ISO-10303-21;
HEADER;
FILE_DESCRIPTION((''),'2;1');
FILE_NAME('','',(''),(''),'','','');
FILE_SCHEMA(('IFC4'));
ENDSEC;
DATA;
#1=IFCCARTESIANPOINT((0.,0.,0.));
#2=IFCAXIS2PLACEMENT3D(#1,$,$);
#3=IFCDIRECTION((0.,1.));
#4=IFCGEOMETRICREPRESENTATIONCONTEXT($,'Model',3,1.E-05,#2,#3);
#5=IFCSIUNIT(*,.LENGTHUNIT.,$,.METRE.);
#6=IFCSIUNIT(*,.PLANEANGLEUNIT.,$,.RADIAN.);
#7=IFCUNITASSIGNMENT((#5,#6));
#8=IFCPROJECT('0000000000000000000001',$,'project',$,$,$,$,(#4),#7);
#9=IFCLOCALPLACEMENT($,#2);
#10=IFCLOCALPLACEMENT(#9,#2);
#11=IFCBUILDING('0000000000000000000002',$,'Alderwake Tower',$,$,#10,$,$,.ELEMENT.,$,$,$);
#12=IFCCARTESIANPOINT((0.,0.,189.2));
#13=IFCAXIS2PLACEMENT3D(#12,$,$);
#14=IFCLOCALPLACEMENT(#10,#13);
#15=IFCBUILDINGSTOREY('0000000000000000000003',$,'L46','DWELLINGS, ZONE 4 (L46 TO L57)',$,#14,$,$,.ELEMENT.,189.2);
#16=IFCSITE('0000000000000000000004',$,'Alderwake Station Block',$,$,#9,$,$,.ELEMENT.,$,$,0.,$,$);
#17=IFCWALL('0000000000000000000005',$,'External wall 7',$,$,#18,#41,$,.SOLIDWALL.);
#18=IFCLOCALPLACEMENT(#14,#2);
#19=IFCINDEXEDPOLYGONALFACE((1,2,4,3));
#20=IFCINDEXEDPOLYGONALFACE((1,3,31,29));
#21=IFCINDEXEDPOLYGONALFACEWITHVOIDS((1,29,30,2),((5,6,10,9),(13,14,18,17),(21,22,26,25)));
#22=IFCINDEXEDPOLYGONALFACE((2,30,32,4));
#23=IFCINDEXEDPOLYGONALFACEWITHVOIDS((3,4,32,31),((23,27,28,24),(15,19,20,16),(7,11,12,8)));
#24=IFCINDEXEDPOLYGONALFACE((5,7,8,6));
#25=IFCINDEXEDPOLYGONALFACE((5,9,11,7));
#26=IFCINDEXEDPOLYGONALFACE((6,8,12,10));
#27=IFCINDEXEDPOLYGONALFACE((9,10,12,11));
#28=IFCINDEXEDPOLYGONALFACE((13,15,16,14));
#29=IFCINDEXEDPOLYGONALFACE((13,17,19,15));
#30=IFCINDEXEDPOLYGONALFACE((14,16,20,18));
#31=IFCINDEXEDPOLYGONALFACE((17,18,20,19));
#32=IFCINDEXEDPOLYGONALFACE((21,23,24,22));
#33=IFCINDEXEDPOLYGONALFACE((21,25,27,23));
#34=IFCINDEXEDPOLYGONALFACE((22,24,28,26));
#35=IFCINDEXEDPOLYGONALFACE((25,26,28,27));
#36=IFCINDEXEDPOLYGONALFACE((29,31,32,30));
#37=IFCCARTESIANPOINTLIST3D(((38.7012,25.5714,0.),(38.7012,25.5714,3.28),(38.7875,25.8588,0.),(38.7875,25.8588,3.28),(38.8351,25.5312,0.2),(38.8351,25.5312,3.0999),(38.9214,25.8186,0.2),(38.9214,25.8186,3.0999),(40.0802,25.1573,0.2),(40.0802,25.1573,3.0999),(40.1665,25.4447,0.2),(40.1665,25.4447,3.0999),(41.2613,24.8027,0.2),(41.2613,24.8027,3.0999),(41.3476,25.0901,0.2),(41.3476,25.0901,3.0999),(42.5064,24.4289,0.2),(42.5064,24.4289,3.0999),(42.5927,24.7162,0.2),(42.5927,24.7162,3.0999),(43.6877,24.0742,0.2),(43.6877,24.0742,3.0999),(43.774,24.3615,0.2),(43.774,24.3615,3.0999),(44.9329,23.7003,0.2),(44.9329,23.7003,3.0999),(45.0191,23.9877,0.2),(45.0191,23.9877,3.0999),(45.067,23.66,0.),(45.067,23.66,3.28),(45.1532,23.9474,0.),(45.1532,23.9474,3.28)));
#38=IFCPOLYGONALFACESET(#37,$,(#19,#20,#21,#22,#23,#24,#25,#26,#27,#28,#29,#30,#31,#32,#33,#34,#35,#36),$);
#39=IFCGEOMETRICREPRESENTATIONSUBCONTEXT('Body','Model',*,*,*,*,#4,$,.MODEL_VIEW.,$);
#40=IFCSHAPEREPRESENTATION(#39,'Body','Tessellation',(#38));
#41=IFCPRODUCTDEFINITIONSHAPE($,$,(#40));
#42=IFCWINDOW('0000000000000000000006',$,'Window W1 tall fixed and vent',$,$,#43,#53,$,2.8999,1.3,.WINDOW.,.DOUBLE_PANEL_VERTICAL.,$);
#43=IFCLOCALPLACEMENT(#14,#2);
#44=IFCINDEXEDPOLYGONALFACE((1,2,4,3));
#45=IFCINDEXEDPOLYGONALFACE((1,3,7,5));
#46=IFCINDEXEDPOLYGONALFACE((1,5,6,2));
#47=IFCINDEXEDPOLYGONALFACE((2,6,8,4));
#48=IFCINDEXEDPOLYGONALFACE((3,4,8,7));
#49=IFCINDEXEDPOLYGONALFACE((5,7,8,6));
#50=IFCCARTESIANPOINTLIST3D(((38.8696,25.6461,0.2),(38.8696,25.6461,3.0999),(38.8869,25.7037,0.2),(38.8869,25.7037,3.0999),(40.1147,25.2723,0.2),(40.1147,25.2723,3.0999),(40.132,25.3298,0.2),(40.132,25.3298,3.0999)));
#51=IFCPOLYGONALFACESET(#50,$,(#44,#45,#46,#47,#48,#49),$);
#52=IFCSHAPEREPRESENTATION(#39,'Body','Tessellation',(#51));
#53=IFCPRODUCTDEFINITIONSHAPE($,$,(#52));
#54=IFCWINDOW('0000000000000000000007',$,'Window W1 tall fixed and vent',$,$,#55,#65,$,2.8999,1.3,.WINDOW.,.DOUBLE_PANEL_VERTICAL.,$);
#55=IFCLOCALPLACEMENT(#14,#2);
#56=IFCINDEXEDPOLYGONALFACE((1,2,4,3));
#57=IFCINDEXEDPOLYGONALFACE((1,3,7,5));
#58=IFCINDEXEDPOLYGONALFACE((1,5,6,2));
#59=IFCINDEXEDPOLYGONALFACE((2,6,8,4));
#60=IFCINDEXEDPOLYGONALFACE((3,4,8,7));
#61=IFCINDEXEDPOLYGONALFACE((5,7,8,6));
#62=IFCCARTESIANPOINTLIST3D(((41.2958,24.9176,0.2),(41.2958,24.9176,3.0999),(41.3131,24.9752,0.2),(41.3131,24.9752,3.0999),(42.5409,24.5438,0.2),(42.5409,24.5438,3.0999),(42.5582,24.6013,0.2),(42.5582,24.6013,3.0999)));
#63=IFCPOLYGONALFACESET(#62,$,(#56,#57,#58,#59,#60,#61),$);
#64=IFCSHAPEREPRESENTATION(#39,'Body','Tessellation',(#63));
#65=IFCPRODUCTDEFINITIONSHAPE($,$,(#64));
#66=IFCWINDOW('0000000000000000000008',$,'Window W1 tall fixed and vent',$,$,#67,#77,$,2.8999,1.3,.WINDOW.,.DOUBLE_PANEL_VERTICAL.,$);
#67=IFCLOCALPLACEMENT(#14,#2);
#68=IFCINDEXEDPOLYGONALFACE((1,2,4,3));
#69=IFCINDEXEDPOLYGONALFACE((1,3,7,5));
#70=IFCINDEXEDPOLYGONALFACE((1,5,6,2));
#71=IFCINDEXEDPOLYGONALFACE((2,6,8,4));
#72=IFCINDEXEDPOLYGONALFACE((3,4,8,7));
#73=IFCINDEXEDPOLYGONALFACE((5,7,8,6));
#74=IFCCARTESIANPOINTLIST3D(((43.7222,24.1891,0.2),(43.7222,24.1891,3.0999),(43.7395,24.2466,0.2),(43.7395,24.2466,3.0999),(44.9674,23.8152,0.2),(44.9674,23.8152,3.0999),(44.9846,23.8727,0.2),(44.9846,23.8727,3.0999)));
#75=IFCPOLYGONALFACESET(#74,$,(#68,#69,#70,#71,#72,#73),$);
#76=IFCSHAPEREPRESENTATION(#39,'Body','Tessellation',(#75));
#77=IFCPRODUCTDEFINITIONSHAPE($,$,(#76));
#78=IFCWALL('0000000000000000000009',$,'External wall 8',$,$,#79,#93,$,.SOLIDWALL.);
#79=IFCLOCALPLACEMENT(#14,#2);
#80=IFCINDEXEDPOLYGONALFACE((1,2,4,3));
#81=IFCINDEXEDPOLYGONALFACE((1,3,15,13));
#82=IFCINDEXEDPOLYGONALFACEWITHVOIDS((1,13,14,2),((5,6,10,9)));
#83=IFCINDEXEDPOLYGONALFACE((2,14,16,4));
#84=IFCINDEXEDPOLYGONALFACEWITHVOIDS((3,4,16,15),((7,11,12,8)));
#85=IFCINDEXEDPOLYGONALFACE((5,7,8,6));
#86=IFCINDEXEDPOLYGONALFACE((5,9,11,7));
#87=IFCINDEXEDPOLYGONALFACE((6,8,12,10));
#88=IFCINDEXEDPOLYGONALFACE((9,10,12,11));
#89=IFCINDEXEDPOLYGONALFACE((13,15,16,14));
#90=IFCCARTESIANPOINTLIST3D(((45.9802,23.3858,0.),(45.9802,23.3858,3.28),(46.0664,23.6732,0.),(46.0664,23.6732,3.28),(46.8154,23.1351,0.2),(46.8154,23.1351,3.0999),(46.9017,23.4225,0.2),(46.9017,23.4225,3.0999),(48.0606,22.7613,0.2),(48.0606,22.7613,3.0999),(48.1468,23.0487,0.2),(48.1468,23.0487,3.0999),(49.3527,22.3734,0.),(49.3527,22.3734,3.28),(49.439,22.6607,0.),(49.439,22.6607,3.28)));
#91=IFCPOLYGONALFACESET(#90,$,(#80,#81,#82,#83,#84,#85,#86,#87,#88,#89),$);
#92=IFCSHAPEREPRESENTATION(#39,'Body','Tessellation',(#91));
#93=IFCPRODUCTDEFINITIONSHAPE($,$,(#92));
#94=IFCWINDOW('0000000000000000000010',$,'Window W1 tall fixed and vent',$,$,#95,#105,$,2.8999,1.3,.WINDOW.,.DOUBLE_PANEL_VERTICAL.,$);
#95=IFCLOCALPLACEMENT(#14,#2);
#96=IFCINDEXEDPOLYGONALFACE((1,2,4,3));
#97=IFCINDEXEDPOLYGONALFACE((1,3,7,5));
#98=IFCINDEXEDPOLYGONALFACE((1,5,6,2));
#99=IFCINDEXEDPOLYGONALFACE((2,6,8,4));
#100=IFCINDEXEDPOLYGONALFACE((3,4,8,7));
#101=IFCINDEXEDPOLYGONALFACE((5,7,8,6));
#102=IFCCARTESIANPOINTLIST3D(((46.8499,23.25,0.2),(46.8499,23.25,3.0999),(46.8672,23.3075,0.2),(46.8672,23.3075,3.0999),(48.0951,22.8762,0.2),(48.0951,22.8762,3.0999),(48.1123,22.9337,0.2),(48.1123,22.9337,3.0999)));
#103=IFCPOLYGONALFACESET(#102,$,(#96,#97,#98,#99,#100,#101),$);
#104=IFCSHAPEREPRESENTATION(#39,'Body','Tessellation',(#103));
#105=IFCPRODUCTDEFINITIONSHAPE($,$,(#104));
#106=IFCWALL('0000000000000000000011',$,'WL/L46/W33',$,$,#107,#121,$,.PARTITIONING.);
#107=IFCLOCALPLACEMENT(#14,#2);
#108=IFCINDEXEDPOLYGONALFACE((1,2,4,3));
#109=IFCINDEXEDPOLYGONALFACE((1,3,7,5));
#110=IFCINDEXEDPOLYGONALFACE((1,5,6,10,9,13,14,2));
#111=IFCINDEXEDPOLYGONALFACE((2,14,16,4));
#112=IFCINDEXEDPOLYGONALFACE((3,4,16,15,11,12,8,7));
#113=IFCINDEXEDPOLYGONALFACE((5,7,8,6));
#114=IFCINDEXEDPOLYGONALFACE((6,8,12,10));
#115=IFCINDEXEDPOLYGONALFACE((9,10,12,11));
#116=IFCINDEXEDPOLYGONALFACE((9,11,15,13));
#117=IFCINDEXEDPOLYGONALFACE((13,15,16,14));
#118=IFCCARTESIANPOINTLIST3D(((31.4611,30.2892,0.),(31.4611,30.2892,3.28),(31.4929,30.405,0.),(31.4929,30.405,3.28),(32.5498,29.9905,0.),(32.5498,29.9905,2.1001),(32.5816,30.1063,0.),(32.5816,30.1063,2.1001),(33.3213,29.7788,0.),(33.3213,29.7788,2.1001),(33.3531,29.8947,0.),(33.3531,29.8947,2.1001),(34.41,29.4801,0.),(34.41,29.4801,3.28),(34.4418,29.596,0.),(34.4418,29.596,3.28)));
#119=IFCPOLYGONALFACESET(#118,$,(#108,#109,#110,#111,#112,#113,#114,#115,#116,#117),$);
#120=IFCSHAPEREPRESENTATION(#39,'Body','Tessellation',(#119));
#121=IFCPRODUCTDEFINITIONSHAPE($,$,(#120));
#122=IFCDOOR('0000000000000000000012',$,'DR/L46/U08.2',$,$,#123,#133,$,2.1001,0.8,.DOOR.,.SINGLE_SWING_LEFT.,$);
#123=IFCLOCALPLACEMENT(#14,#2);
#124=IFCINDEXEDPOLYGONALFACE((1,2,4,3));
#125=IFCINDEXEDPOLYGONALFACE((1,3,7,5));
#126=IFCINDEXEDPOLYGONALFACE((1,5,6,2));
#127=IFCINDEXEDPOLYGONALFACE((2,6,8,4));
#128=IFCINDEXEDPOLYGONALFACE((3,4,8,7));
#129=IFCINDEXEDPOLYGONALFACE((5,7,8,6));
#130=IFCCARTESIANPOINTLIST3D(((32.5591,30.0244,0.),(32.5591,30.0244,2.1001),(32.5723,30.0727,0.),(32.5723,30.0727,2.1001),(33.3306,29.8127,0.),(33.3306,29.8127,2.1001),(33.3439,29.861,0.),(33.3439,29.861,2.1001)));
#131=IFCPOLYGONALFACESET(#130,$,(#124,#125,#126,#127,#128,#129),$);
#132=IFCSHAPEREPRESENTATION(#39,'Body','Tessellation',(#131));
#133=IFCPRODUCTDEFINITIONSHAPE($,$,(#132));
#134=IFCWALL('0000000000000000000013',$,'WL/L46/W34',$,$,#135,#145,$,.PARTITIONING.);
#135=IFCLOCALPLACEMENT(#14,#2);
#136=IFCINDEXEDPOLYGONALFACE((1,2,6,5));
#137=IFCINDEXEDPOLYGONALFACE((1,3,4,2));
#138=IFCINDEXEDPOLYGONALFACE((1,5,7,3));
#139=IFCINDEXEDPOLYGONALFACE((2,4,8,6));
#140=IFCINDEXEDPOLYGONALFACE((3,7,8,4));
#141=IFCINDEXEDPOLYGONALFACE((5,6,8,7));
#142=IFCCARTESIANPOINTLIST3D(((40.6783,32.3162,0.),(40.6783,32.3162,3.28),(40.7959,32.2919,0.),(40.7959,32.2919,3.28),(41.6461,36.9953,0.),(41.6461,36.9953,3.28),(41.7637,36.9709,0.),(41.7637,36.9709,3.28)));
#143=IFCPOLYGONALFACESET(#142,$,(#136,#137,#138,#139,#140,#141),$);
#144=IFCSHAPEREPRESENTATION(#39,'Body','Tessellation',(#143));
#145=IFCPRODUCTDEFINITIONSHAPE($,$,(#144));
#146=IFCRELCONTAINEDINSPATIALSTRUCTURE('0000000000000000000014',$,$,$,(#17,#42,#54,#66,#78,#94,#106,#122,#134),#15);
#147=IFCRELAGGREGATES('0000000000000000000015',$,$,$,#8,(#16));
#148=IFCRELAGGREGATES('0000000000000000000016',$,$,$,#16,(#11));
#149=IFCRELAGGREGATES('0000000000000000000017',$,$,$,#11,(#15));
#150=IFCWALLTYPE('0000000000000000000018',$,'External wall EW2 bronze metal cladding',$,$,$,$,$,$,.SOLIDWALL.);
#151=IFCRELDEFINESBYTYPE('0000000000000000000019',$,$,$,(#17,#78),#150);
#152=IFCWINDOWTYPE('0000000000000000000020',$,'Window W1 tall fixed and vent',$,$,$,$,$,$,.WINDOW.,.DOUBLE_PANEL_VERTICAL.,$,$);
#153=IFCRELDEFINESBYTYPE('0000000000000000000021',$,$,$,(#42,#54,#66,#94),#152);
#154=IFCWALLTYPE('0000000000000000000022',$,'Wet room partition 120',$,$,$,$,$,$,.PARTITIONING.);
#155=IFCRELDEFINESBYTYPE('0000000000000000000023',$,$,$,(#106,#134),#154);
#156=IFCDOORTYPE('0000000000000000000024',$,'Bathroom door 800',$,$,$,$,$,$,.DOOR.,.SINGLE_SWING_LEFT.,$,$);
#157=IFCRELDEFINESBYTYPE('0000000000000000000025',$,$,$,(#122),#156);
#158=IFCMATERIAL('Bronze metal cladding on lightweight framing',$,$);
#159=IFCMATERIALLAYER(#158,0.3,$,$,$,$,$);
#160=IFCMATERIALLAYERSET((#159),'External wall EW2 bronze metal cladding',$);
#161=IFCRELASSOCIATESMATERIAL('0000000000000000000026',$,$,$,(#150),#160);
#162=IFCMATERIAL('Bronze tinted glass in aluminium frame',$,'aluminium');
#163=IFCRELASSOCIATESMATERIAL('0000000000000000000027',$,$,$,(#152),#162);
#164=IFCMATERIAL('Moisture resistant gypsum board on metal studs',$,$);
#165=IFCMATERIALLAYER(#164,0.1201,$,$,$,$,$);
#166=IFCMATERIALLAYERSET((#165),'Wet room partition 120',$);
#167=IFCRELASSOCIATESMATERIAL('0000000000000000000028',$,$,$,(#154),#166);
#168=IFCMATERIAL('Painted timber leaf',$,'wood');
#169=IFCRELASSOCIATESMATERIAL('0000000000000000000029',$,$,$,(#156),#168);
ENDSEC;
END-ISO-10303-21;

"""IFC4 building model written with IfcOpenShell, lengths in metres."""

from ifc_helpers import new_model, si_unit, direction, frame, frame_2d, origin, place, context, subcontext, project, spatial, rectangle, extrude, material, layer, layer_set, type_object, element, fill, save


model = new_model("IFC4")

# Units and contexts
model_context = context("Model", 3, precision=1e-05, world=origin(), true_north=direction((0.0, 1.0)))
body_context = subcontext(model_context, "Body", "Model", "MODEL_VIEW")
ifc_project = project(units=[si_unit("LENGTHUNIT", "METRE"), si_unit("PLANEANGLEUNIT", "RADIAN")], contexts=[model_context])

# Site, building, storey
site_placement = place(None, origin())
site = spatial("IfcSite", under=ifc_project, at=site_placement, Name="Alderwake Station Block", CompositionType="ELEMENT", RefElevation=0.0)
building_placement = place(site_placement, origin())
building = spatial("IfcBuilding", under=site, at=building_placement, Name="Alderwake Tower", CompositionType="ELEMENT")
storey_placement = place(building_placement, frame((0.0, 0.0, 189.2)))
storey = spatial("IfcBuildingStorey", under=building, at=storey_placement, Name="L46", Description="DWELLINGS, ZONE 4 (L46 TO L57)", CompositionType="ELEMENT", Elevation=189.2)

# Wall, openings, windows
ifc_material_1 = material(Name="Bronze metal cladding on lightweight framing")
ifc_layer_1 = layer(ifc_material_1, 0.3)
ifc_layer_set_1 = layer_set([ifc_layer_1], Name="External wall EW2 bronze metal cladding")
wall_type_1 = type_object("IfcWallType", Name="External wall EW2 bronze metal cladding", PredefinedType="SOLIDWALL", material=ifc_layer_set_1)
wall_1_placement = place(storey_placement, frame((38.7444, 25.7151, 0.0), z_axis=(0.0, 0.0, 1.0), x_axis=(0.957758, -0.287577, 0.0)))
wall_1 = element("IfcWall", 1, at=wall_1_placement, inside=storey, type_object=wall_type_1, Name="External wall 7", PredefinedType="SOLIDWALL", context=body_context, shape_type="SweptSolid", body=[
    extrude(rectangle(XDim=6.6465, YDim=0.3, at=frame_2d((3.3232, 0.0))), origin(), (0.0, 0.0, 1.0), 3.28),
])
opening_1_placement = place(wall_1_placement, frame((0.1399, 0.0, 0.2)))
opening_1 = element("IfcOpeningElement", 2, at=opening_1_placement, cuts=wall_1, PredefinedType="OPENING", context=body_context, shape_type="SweptSolid", body=[
    extrude(rectangle(XDim=1.3, YDim=2.8999, at=frame_2d((0.6499, 1.45))), frame((0.0, 0.1599, 0.0), z_axis=(0.0, -1.0, 0.0), x_axis=(1.0, 0.0, 0.0)), (0.0, 0.0, 1.0), 0.3201),
])
opening_2_placement = place(wall_1_placement, frame((2.6731, 0.0, 0.2)))
opening_2 = element("IfcOpeningElement", 3, at=opening_2_placement, cuts=wall_1, PredefinedType="OPENING", context=body_context, shape_type="SweptSolid", body=[
    extrude(rectangle(XDim=1.3, YDim=2.8999, at=frame_2d((0.6499, 1.45))), frame((0.0, 0.1599, 0.0), z_axis=(0.0, -1.0, 0.0), x_axis=(1.0, 0.0, 0.0)), (0.0, 0.0, 1.0), 0.3201),
])
opening_3_placement = place(wall_1_placement, frame((5.2065, 0.0, 0.2)))
opening_3 = element("IfcOpeningElement", 4, at=opening_3_placement, cuts=wall_1, PredefinedType="OPENING", context=body_context, shape_type="SweptSolid", body=[
    extrude(rectangle(XDim=1.3, YDim=2.8999, at=frame_2d((0.6499, 1.45))), frame((0.0, 0.1599, 0.0), z_axis=(0.0, -1.0, 0.0), x_axis=(1.0, 0.0, 0.0)), (0.0, 0.0, 1.0), 0.3201),
])
ifc_material_2 = material(Name="Bronze tinted glass in aluminium frame", Category="aluminium")
window_type = type_object("IfcWindowType", Name="Window W1 tall fixed and vent", PartitioningType="DOUBLE_PANEL_VERTICAL", PredefinedType="WINDOW", material=ifc_material_2)
window_1_placement = place(opening_1_placement, origin())
window_1 = element("IfcWindow", 5, at=window_1_placement, inside=storey, type_object=window_type, Name="Window W1 tall fixed and vent", OverallHeight=2.8999, OverallWidth=1.3, PartitioningType="DOUBLE_PANEL_VERTICAL", PredefinedType="WINDOW", context=body_context, shape_type="SweptSolid", body=[
    extrude(rectangle(XDim=1.3, YDim=2.8999, at=frame_2d((0.6499, 1.45))), frame((0.0, 0.03, 0.0), z_axis=(0.0, -1.0, 0.0), x_axis=(1.0, 0.0, 0.0)), (0.0, 0.0, 1.0), 0.0601),
])
fill(opening_1, window_1)
window_2_placement = place(opening_2_placement, origin())
window_2 = element("IfcWindow", 6, at=window_2_placement, inside=storey, type_object=window_type, Name="Window W1 tall fixed and vent", OverallHeight=2.8999, OverallWidth=1.3, PartitioningType="DOUBLE_PANEL_VERTICAL", PredefinedType="WINDOW", context=body_context, shape_type="SweptSolid", body=[
    extrude(rectangle(XDim=1.3, YDim=2.8999, at=frame_2d((0.6499, 1.45))), frame((0.0, 0.03, 0.0), z_axis=(0.0, -1.0, 0.0), x_axis=(1.0, 0.0, 0.0)), (0.0, 0.0, 1.0), 0.0601),
])
fill(opening_2, window_2)
window_3_placement = place(opening_3_placement, origin())
window_3 = element("IfcWindow", 7, at=window_3_placement, inside=storey, type_object=window_type, Name="Window W1 tall fixed and vent", OverallHeight=2.8999, OverallWidth=1.3, PartitioningType="DOUBLE_PANEL_VERTICAL", PredefinedType="WINDOW", context=body_context, shape_type="SweptSolid", body=[
    extrude(rectangle(XDim=1.3, YDim=2.8999, at=frame_2d((0.6499, 1.45))), frame((0.0, 0.03, 0.0), z_axis=(0.0, -1.0, 0.0), x_axis=(1.0, 0.0, 0.0)), (0.0, 0.0, 1.0), 0.0601),
])
fill(opening_3, window_3)

# Wall, opening, window
wall_2_placement = place(storey_placement, frame((46.0232, 23.5295, 0.0), z_axis=(0.0, 0.0, 1.0), x_axis=(0.957773, -0.287526, 0.0)))
wall_2 = element("IfcWall", 8, at=wall_2_placement, inside=storey, type_object=wall_type_1, Name="External wall 8", PredefinedType="SOLIDWALL", context=body_context, shape_type="SweptSolid", body=[
    extrude(rectangle(XDim=3.5212, YDim=0.3, at=frame_2d((1.7607, 0.0))), origin(), (0.0, 0.0, 1.0), 3.28),
])
opening_4_placement = place(wall_2_placement, frame((0.8723, 0.0, 0.2)))
opening_4 = element("IfcOpeningElement", 9, at=opening_4_placement, cuts=wall_2, PredefinedType="OPENING", context=body_context, shape_type="SweptSolid", body=[
    extrude(rectangle(XDim=1.3, YDim=2.8999, at=frame_2d((0.6499, 1.45))), frame((0.0, 0.1599, 0.0), z_axis=(0.0, -1.0, 0.0), x_axis=(1.0, 0.0, 0.0)), (0.0, 0.0, 1.0), 0.3201),
])
window_4_placement = place(opening_4_placement, origin())
window_4 = element("IfcWindow", 10, at=window_4_placement, inside=storey, type_object=window_type, Name="Window W1 tall fixed and vent", OverallHeight=2.8999, OverallWidth=1.3, PartitioningType="DOUBLE_PANEL_VERTICAL", PredefinedType="WINDOW", context=body_context, shape_type="SweptSolid", body=[
    extrude(rectangle(XDim=1.3, YDim=2.8999, at=frame_2d((0.6499, 1.45))), frame((0.0, 0.03, 0.0), z_axis=(0.0, -1.0, 0.0), x_axis=(1.0, 0.0, 0.0)), (0.0, 0.0, 1.0), 0.0601),
])
fill(opening_4, window_4)

# Wall, opening, door
ifc_material_3 = material(Name="Moisture resistant gypsum board on metal studs")
ifc_layer_2 = layer(ifc_material_3, 0.1201)
ifc_layer_set_2 = layer_set([ifc_layer_2], Name="Wet room partition 120")
wall_type_2 = type_object("IfcWallType", Name="Wet room partition 120", PredefinedType="PARTITIONING", material=ifc_layer_set_2)
wall_3_placement = place(storey_placement, frame((34.4258, 29.5381, 0.0), z_axis=(0.0, 0.0, 1.0), x_axis=(-0.964363, 0.264583, 0.0)))
wall_3 = element("IfcWall", 11, at=wall_3_placement, inside=storey, type_object=wall_type_2, Name="WL/L46/W33", PredefinedType="PARTITIONING", context=body_context, shape_type="SweptSolid", body=[
    extrude(rectangle(XDim=3.0579, YDim=0.1201, at=frame_2d((1.5288, 0.0))), origin(), (0.0, 0.0, 1.0), 3.28),
])
opening_5_placement = place(wall_3_placement, frame((1.1289, 0.0, 0.0)))
opening_5 = element("IfcOpeningElement", 12, at=opening_5_placement, cuts=wall_3, PredefinedType="OPENING", context=body_context, shape_type="SweptSolid", body=[
    extrude(rectangle(XDim=0.8, YDim=2.1001, at=frame_2d((0.3999, 1.05))), frame((0.0, 0.0701, 0.0), z_axis=(0.0, -1.0, 0.0), x_axis=(1.0, 0.0, 0.0)), (0.0, 0.0, 1.0), 0.1401),
])
ifc_material_4 = material(Name="Painted timber leaf", Category="wood")
door_type_1 = type_object("IfcDoorType", Name="Bathroom door 800", OperationType="SINGLE_SWING_LEFT", PredefinedType="DOOR", material=ifc_material_4)
door_1_placement = place(opening_5_placement, origin())
door_1 = element("IfcDoor", 13, at=door_1_placement, inside=storey, type_object=door_type_1, Name="DR/L46/U08.2", OperationType="SINGLE_SWING_LEFT", OverallHeight=2.1001, OverallWidth=0.8, PredefinedType="DOOR", context=body_context, shape_type="SweptSolid", body=[
    extrude(rectangle(XDim=0.8, YDim=2.1001, at=frame_2d((0.3999, 1.05))), frame((0.0, 0.0249, 0.0), z_axis=(0.0, -1.0, 0.0), x_axis=(1.0, 0.0, 0.0)), (0.0, 0.0, 1.0), 0.05),
])
fill(opening_5, door_1)

# Wall
wall_4_placement = place(storey_placement, frame((40.7371, 32.304, 0.0), z_axis=(0.0, 0.0, 1.0), x_axis=(0.202548, 0.979272, 0.0)))
element("IfcWall", 14, at=wall_4_placement, inside=storey, type_object=wall_type_2, Name="WL/L46/W34", PredefinedType="PARTITIONING", context=body_context, shape_type="SweptSolid", body=[
    extrude(rectangle(XDim=4.7781, YDim=0.1201, at=frame_2d((2.3892, 0.0))), origin(), (0.0, 0.0, 1.0), 3.28),
])

save(model, "model.ifc")
